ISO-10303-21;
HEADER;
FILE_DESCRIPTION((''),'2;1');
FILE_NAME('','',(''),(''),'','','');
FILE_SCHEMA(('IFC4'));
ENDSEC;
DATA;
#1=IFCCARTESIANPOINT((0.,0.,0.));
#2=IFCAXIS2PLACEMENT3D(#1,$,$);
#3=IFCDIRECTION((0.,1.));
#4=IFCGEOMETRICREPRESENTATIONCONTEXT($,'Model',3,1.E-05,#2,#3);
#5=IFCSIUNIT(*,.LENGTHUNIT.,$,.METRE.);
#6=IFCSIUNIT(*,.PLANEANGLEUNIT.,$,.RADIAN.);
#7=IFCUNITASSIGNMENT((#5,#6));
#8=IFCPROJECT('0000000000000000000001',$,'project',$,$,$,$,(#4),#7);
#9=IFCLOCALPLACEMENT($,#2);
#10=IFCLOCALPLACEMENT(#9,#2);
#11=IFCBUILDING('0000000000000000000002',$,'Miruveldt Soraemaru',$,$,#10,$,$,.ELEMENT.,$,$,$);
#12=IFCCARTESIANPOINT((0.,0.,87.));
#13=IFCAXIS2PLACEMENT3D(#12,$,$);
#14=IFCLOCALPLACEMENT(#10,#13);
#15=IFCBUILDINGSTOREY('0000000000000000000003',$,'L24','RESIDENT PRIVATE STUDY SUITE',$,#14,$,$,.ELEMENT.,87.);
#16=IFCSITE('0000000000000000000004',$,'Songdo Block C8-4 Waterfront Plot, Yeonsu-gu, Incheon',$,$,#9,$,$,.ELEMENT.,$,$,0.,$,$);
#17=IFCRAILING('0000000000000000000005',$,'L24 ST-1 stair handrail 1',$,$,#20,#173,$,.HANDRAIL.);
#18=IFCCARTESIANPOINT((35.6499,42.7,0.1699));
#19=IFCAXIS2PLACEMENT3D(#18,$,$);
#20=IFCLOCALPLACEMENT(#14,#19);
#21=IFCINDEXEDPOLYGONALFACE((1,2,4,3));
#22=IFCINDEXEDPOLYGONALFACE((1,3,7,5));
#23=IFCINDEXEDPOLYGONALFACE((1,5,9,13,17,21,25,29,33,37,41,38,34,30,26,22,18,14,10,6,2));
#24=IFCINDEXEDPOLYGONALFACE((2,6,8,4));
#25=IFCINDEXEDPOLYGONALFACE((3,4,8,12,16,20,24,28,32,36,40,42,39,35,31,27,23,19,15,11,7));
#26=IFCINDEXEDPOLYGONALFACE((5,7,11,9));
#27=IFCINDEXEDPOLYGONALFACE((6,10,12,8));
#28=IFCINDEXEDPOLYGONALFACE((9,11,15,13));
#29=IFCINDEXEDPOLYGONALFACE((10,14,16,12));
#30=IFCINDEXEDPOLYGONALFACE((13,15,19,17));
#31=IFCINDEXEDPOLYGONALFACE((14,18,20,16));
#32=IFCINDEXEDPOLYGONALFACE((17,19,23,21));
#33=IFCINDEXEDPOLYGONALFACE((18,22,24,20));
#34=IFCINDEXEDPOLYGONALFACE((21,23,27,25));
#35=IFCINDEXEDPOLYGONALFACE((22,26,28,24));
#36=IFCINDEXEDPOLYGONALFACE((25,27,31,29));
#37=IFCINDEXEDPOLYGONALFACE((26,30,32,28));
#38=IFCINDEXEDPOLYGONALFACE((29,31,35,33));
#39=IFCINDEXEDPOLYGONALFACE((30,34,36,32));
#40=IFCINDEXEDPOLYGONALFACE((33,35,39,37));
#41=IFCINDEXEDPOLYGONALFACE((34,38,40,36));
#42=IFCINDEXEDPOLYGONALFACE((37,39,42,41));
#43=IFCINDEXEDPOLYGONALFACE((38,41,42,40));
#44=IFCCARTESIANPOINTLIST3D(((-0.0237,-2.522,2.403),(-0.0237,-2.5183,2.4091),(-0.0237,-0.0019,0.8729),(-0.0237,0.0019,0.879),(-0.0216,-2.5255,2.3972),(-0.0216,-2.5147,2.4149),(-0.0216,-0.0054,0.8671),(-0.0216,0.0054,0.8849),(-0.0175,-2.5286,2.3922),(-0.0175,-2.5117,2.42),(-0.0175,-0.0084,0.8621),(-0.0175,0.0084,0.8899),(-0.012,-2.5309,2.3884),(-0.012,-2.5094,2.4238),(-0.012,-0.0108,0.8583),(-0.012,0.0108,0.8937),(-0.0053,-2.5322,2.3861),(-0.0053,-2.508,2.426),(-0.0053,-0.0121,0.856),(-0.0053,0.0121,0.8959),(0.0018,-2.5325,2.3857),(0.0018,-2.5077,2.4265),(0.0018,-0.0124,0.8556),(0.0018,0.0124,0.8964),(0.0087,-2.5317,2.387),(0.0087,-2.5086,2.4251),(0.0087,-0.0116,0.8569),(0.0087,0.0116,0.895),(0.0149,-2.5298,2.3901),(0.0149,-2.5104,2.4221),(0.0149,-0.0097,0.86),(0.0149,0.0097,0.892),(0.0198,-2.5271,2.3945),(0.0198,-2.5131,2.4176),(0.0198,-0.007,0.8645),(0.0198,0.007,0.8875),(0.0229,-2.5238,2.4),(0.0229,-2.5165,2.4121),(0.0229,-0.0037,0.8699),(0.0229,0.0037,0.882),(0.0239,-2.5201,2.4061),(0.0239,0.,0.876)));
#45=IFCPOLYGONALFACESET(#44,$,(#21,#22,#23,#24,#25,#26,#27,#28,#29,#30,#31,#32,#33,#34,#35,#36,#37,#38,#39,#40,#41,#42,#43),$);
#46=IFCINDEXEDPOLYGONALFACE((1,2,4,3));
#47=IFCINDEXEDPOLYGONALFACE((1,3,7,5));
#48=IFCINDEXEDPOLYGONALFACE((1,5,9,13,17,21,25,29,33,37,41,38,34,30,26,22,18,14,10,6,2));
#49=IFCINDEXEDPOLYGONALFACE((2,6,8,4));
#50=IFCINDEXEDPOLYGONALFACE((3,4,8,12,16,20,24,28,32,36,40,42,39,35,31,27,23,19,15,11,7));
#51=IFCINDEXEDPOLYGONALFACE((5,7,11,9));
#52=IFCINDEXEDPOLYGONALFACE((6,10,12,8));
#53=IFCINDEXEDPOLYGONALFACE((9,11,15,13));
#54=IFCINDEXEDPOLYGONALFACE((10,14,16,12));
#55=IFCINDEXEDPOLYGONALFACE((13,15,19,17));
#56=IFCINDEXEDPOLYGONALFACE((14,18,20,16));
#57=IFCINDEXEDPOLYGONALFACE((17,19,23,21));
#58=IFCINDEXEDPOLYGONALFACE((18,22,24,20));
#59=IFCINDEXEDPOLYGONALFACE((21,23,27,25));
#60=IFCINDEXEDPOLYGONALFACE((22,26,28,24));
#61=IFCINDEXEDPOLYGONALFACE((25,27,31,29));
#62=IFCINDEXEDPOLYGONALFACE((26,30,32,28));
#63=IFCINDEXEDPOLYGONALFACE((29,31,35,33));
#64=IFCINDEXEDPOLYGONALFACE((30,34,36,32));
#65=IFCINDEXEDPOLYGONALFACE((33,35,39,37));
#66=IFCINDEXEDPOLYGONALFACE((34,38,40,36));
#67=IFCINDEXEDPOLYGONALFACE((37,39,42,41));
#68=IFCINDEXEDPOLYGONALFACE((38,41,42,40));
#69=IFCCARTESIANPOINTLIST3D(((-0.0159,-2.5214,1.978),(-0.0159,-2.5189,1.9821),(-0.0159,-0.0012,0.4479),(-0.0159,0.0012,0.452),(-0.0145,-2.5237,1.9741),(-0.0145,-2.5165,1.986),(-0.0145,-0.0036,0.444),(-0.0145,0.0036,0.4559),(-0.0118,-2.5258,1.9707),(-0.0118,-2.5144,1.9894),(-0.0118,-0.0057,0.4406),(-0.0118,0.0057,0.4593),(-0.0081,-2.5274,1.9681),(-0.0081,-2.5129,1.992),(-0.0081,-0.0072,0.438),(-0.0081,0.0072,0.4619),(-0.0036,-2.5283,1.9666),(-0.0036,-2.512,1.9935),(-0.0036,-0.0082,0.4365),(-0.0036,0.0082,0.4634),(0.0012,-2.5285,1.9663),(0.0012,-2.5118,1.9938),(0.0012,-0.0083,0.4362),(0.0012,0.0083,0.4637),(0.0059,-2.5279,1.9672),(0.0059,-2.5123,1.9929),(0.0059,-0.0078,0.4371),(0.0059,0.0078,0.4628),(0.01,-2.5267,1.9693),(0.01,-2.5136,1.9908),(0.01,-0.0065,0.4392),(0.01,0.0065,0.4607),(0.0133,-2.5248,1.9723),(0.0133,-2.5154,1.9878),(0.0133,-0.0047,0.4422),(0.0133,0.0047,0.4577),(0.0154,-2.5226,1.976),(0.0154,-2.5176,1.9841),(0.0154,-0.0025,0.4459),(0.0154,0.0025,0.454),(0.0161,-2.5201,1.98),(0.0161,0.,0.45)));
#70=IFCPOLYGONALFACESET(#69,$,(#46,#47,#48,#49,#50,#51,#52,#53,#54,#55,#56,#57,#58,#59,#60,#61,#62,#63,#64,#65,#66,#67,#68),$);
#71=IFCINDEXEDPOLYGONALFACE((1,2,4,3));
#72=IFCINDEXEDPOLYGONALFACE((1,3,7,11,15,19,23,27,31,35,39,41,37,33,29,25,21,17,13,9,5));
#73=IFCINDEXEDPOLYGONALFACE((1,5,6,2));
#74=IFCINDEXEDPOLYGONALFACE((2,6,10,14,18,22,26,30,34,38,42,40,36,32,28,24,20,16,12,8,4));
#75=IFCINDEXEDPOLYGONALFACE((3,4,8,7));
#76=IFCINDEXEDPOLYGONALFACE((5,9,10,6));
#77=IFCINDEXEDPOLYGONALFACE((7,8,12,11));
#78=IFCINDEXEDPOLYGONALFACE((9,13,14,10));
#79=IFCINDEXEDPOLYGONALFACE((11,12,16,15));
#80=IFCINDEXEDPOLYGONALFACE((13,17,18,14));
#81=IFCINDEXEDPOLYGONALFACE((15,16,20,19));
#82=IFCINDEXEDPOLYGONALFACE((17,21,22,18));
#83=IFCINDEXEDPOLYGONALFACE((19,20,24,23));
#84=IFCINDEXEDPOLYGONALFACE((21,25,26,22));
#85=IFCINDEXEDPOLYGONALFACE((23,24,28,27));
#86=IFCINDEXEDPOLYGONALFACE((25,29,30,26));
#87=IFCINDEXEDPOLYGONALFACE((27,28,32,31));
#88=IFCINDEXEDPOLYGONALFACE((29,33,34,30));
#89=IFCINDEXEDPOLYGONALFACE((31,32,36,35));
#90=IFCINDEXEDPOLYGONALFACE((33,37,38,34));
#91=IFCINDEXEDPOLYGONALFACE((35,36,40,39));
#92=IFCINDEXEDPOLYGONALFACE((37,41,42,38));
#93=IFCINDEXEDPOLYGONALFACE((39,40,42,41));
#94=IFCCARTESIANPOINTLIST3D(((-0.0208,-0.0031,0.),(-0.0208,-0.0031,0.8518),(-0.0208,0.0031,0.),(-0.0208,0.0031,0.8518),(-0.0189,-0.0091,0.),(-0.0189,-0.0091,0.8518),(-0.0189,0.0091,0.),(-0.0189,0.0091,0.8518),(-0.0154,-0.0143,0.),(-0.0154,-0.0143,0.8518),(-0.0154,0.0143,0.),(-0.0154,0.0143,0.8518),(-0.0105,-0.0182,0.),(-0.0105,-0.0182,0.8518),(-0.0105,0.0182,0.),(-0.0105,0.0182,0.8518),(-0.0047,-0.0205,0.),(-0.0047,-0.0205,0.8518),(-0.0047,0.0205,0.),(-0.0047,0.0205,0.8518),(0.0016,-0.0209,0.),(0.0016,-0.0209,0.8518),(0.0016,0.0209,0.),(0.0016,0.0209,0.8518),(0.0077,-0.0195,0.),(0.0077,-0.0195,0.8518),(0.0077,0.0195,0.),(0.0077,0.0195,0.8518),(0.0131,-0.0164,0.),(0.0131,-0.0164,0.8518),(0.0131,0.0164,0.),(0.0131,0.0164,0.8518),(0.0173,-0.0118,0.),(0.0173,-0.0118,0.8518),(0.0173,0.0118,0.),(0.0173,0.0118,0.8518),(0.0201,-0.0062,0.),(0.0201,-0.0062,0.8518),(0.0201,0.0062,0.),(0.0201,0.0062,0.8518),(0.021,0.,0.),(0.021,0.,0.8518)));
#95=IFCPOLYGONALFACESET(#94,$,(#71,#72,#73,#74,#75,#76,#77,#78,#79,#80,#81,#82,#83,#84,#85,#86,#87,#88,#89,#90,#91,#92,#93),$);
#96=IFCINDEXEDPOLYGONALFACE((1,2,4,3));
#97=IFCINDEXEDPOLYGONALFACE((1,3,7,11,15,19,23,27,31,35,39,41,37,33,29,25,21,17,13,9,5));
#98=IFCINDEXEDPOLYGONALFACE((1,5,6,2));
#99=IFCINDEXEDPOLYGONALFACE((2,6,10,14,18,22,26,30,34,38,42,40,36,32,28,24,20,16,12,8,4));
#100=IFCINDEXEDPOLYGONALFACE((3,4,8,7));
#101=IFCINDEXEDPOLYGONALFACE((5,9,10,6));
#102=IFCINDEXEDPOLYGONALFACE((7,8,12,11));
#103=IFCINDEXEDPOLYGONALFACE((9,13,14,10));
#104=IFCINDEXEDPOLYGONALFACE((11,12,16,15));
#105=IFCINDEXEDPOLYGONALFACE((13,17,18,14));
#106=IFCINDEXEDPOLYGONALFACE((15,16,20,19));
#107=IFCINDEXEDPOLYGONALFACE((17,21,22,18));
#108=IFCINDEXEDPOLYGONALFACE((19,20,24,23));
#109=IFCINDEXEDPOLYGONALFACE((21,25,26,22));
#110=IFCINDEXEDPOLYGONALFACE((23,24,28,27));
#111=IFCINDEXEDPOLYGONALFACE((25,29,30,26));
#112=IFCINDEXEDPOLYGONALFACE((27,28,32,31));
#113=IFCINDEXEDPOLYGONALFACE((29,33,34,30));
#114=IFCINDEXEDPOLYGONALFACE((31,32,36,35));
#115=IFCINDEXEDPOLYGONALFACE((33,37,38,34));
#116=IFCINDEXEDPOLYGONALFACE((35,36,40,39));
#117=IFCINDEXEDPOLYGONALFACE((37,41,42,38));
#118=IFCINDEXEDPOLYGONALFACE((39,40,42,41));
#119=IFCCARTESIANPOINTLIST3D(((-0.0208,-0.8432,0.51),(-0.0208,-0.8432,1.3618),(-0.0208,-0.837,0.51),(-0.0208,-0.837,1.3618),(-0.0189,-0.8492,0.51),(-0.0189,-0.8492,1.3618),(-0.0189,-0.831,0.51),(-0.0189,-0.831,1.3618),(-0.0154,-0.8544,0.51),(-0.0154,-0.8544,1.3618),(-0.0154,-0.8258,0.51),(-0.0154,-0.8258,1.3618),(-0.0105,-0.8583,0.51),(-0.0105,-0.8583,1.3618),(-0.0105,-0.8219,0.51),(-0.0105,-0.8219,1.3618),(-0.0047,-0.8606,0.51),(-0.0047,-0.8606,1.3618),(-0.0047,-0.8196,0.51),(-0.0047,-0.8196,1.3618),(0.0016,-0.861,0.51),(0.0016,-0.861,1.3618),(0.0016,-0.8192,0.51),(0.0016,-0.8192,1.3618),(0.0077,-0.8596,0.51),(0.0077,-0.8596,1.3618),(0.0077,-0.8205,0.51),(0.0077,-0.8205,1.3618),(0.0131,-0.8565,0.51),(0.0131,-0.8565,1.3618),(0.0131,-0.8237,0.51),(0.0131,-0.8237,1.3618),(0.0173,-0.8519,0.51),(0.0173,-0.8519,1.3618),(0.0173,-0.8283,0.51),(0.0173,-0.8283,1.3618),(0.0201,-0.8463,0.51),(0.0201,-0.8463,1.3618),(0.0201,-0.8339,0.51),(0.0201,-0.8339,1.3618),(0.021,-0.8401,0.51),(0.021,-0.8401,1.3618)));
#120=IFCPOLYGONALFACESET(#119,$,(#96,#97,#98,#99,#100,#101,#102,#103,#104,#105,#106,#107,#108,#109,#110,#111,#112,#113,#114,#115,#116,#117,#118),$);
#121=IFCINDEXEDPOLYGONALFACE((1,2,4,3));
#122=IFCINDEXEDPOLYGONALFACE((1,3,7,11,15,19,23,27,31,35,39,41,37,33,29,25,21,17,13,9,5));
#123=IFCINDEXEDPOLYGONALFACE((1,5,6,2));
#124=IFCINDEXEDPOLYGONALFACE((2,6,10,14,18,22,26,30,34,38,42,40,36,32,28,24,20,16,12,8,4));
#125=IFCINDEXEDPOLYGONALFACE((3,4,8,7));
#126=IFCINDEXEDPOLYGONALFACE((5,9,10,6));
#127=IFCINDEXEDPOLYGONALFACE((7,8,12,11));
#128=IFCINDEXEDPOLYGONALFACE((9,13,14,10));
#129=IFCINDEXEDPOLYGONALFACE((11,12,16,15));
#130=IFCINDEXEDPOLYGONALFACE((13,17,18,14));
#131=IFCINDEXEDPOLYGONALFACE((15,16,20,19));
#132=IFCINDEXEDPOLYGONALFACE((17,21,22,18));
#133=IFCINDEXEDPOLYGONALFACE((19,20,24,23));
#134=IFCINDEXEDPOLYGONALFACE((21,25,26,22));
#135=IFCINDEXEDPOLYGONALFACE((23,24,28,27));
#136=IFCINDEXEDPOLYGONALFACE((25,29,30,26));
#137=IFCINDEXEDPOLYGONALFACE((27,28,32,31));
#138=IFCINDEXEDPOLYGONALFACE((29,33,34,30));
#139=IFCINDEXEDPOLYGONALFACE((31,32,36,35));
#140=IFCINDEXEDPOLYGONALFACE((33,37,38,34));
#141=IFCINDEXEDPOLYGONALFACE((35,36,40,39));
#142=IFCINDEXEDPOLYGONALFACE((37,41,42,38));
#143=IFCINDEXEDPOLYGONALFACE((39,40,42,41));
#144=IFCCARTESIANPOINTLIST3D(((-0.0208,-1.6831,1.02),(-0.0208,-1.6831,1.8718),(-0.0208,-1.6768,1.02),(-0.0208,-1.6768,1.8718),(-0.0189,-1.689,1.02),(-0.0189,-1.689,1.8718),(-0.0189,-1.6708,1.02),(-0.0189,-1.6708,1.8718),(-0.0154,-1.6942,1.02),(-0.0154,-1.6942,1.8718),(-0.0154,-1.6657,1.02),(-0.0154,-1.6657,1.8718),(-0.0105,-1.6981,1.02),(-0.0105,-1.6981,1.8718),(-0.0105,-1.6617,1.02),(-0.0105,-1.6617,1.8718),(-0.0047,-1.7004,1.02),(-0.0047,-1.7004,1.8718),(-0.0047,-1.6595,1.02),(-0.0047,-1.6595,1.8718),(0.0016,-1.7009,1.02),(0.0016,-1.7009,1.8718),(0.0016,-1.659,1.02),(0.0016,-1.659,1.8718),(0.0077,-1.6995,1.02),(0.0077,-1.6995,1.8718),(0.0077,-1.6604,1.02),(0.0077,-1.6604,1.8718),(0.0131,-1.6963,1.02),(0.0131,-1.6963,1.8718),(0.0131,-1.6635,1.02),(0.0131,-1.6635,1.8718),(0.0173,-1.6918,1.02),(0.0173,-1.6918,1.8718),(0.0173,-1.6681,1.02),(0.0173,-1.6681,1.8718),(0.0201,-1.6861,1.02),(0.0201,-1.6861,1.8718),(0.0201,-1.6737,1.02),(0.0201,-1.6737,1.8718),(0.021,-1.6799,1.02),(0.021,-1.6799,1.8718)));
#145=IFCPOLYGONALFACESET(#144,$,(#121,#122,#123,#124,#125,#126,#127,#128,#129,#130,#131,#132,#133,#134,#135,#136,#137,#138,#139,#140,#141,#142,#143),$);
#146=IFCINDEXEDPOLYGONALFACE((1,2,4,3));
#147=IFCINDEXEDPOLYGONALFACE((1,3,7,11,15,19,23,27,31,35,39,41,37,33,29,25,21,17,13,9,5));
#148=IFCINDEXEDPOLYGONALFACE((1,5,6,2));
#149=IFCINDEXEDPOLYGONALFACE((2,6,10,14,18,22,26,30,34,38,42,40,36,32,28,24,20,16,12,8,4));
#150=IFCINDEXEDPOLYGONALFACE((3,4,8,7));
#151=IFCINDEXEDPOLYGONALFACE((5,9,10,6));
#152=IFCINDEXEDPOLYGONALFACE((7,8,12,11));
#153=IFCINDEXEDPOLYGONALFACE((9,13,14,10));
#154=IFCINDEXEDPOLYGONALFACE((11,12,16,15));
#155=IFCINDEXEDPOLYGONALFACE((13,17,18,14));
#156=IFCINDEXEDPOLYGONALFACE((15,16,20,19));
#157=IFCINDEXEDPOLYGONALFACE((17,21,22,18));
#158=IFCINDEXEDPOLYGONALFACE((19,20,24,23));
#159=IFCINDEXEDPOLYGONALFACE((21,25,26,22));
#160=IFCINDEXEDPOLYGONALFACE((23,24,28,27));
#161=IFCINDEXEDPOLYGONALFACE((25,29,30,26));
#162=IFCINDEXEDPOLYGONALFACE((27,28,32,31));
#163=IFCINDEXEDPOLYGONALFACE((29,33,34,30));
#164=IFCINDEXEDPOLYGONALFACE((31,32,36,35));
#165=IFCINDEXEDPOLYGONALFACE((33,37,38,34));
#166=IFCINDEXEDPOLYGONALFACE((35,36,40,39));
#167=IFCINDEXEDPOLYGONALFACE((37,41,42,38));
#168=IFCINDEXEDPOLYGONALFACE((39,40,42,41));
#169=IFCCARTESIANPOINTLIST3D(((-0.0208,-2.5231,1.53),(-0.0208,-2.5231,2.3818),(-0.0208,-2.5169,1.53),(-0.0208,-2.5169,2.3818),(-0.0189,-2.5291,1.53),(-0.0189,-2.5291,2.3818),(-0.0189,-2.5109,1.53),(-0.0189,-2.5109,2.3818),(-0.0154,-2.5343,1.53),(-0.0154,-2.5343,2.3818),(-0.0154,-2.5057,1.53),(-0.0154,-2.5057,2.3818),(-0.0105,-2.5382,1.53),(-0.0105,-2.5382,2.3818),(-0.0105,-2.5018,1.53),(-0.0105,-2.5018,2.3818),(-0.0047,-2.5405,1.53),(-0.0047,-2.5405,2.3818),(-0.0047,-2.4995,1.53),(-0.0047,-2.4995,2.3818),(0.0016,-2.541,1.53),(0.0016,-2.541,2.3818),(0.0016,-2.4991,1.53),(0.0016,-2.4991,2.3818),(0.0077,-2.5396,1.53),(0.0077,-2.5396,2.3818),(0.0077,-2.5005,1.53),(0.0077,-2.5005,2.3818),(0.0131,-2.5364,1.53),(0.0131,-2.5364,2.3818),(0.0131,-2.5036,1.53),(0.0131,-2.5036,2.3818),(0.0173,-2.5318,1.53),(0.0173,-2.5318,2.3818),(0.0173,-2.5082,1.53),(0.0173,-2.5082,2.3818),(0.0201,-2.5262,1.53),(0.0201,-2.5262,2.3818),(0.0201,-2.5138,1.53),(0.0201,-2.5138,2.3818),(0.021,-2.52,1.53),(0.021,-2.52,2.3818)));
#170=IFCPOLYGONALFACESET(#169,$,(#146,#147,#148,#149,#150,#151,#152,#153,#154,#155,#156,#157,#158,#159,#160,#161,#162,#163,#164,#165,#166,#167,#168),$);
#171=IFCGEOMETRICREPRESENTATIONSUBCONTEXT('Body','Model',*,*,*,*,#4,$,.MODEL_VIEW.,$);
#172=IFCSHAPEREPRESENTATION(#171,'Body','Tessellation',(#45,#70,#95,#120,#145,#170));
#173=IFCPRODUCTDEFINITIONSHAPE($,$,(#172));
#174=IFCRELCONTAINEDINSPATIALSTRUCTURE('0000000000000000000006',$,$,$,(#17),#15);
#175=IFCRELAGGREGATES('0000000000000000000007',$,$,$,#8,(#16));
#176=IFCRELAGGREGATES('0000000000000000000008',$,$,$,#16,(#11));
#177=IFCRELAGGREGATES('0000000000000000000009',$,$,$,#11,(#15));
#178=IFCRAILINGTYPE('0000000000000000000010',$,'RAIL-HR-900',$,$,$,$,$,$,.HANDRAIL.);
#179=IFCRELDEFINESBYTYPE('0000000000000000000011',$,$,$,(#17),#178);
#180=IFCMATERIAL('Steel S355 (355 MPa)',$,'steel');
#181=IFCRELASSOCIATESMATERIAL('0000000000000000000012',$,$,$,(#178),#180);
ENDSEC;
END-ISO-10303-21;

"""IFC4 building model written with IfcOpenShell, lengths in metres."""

from ifc_helpers import new_model, si_unit, direction, frame, origin, origin_2d, place, context, subcontext, project, spatial, circle, extrude, material, type_object, element, save


model = new_model("IFC4")

# Units and contexts
model_context = context("Model", 3, precision=1e-05, world=origin(), true_north=direction((0.0, 1.0)))
body_context = subcontext(model_context, "Body", "Model", "MODEL_VIEW")
ifc_project = project(units=[si_unit("LENGTHUNIT", "METRE"), si_unit("PLANEANGLEUNIT", "RADIAN")], contexts=[model_context])

# Site, building, storey
site_placement = place(None, origin())
site = spatial("IfcSite", under=ifc_project, at=site_placement, Name="Songdo Block C8-4 Waterfront Plot, Yeonsu-gu, Incheon", CompositionType="ELEMENT", RefElevation=0.0)
building_placement = place(site_placement, origin())
building = spatial("IfcBuilding", under=site, at=building_placement, Name="Miruveldt Soraemaru", CompositionType="ELEMENT")
storey_placement = place(building_placement, frame((0.0, 0.0, 87.0)))
storey = spatial("IfcBuildingStorey", under=building, at=storey_placement, Name="L24", Description="RESIDENT PRIVATE STUDY SUITE", CompositionType="ELEMENT", Elevation=87.0)

# Railing
ifc_material_1 = material(Name="Steel S355 (355 MPa)", Category="steel")
railing_type_1 = type_object("IfcRailingType", Name="RAIL-HR-900", PredefinedType="HANDRAIL", material=ifc_material_1)
railing_1_placement = place(storey_placement, frame((35.6499, 42.7, 0.1699)))
element("IfcRailing", 1, at=railing_1_placement, inside=storey, type_object=railing_type_1, Name="L24 ST-1 stair handrail 1", PredefinedType="HANDRAIL", context=body_context, shape_type="SweptSolid", body=[
    extrude(circle(Radius=0.0239, at=origin_2d()), frame((0.0, 0.0, 0.876), z_axis=(0.0, -0.854785, 0.518982), x_axis=(1.0, 0.0, 0.0)), (0.0, 0.0, 1.0), 2.9482),
    extrude(circle(Radius=0.0161, at=origin_2d()), frame((0.0, 0.0, 0.45), z_axis=(0.0, -0.854785, 0.518982), x_axis=(1.0, 0.0, 0.0)), (0.0, 0.0, 1.0), 2.9482),
    extrude(circle(Radius=0.021, at=origin_2d()), origin(), (0.0, 0.0, 1.0), 0.8518),
    extrude(circle(Radius=0.021, at=origin_2d()), frame((0.0, -0.8401, 0.51)), (0.0, 0.0, 1.0), 0.8518),
    extrude(circle(Radius=0.021, at=origin_2d()), frame((0.0, -1.6799, 1.02)), (0.0, 0.0, 1.0), 0.8518),
    extrude(circle(Radius=0.021, at=origin_2d()), frame((0.0, -2.52, 1.53)), (0.0, 0.0, 1.0), 0.8518),
])

save(model, "model.ifc")
